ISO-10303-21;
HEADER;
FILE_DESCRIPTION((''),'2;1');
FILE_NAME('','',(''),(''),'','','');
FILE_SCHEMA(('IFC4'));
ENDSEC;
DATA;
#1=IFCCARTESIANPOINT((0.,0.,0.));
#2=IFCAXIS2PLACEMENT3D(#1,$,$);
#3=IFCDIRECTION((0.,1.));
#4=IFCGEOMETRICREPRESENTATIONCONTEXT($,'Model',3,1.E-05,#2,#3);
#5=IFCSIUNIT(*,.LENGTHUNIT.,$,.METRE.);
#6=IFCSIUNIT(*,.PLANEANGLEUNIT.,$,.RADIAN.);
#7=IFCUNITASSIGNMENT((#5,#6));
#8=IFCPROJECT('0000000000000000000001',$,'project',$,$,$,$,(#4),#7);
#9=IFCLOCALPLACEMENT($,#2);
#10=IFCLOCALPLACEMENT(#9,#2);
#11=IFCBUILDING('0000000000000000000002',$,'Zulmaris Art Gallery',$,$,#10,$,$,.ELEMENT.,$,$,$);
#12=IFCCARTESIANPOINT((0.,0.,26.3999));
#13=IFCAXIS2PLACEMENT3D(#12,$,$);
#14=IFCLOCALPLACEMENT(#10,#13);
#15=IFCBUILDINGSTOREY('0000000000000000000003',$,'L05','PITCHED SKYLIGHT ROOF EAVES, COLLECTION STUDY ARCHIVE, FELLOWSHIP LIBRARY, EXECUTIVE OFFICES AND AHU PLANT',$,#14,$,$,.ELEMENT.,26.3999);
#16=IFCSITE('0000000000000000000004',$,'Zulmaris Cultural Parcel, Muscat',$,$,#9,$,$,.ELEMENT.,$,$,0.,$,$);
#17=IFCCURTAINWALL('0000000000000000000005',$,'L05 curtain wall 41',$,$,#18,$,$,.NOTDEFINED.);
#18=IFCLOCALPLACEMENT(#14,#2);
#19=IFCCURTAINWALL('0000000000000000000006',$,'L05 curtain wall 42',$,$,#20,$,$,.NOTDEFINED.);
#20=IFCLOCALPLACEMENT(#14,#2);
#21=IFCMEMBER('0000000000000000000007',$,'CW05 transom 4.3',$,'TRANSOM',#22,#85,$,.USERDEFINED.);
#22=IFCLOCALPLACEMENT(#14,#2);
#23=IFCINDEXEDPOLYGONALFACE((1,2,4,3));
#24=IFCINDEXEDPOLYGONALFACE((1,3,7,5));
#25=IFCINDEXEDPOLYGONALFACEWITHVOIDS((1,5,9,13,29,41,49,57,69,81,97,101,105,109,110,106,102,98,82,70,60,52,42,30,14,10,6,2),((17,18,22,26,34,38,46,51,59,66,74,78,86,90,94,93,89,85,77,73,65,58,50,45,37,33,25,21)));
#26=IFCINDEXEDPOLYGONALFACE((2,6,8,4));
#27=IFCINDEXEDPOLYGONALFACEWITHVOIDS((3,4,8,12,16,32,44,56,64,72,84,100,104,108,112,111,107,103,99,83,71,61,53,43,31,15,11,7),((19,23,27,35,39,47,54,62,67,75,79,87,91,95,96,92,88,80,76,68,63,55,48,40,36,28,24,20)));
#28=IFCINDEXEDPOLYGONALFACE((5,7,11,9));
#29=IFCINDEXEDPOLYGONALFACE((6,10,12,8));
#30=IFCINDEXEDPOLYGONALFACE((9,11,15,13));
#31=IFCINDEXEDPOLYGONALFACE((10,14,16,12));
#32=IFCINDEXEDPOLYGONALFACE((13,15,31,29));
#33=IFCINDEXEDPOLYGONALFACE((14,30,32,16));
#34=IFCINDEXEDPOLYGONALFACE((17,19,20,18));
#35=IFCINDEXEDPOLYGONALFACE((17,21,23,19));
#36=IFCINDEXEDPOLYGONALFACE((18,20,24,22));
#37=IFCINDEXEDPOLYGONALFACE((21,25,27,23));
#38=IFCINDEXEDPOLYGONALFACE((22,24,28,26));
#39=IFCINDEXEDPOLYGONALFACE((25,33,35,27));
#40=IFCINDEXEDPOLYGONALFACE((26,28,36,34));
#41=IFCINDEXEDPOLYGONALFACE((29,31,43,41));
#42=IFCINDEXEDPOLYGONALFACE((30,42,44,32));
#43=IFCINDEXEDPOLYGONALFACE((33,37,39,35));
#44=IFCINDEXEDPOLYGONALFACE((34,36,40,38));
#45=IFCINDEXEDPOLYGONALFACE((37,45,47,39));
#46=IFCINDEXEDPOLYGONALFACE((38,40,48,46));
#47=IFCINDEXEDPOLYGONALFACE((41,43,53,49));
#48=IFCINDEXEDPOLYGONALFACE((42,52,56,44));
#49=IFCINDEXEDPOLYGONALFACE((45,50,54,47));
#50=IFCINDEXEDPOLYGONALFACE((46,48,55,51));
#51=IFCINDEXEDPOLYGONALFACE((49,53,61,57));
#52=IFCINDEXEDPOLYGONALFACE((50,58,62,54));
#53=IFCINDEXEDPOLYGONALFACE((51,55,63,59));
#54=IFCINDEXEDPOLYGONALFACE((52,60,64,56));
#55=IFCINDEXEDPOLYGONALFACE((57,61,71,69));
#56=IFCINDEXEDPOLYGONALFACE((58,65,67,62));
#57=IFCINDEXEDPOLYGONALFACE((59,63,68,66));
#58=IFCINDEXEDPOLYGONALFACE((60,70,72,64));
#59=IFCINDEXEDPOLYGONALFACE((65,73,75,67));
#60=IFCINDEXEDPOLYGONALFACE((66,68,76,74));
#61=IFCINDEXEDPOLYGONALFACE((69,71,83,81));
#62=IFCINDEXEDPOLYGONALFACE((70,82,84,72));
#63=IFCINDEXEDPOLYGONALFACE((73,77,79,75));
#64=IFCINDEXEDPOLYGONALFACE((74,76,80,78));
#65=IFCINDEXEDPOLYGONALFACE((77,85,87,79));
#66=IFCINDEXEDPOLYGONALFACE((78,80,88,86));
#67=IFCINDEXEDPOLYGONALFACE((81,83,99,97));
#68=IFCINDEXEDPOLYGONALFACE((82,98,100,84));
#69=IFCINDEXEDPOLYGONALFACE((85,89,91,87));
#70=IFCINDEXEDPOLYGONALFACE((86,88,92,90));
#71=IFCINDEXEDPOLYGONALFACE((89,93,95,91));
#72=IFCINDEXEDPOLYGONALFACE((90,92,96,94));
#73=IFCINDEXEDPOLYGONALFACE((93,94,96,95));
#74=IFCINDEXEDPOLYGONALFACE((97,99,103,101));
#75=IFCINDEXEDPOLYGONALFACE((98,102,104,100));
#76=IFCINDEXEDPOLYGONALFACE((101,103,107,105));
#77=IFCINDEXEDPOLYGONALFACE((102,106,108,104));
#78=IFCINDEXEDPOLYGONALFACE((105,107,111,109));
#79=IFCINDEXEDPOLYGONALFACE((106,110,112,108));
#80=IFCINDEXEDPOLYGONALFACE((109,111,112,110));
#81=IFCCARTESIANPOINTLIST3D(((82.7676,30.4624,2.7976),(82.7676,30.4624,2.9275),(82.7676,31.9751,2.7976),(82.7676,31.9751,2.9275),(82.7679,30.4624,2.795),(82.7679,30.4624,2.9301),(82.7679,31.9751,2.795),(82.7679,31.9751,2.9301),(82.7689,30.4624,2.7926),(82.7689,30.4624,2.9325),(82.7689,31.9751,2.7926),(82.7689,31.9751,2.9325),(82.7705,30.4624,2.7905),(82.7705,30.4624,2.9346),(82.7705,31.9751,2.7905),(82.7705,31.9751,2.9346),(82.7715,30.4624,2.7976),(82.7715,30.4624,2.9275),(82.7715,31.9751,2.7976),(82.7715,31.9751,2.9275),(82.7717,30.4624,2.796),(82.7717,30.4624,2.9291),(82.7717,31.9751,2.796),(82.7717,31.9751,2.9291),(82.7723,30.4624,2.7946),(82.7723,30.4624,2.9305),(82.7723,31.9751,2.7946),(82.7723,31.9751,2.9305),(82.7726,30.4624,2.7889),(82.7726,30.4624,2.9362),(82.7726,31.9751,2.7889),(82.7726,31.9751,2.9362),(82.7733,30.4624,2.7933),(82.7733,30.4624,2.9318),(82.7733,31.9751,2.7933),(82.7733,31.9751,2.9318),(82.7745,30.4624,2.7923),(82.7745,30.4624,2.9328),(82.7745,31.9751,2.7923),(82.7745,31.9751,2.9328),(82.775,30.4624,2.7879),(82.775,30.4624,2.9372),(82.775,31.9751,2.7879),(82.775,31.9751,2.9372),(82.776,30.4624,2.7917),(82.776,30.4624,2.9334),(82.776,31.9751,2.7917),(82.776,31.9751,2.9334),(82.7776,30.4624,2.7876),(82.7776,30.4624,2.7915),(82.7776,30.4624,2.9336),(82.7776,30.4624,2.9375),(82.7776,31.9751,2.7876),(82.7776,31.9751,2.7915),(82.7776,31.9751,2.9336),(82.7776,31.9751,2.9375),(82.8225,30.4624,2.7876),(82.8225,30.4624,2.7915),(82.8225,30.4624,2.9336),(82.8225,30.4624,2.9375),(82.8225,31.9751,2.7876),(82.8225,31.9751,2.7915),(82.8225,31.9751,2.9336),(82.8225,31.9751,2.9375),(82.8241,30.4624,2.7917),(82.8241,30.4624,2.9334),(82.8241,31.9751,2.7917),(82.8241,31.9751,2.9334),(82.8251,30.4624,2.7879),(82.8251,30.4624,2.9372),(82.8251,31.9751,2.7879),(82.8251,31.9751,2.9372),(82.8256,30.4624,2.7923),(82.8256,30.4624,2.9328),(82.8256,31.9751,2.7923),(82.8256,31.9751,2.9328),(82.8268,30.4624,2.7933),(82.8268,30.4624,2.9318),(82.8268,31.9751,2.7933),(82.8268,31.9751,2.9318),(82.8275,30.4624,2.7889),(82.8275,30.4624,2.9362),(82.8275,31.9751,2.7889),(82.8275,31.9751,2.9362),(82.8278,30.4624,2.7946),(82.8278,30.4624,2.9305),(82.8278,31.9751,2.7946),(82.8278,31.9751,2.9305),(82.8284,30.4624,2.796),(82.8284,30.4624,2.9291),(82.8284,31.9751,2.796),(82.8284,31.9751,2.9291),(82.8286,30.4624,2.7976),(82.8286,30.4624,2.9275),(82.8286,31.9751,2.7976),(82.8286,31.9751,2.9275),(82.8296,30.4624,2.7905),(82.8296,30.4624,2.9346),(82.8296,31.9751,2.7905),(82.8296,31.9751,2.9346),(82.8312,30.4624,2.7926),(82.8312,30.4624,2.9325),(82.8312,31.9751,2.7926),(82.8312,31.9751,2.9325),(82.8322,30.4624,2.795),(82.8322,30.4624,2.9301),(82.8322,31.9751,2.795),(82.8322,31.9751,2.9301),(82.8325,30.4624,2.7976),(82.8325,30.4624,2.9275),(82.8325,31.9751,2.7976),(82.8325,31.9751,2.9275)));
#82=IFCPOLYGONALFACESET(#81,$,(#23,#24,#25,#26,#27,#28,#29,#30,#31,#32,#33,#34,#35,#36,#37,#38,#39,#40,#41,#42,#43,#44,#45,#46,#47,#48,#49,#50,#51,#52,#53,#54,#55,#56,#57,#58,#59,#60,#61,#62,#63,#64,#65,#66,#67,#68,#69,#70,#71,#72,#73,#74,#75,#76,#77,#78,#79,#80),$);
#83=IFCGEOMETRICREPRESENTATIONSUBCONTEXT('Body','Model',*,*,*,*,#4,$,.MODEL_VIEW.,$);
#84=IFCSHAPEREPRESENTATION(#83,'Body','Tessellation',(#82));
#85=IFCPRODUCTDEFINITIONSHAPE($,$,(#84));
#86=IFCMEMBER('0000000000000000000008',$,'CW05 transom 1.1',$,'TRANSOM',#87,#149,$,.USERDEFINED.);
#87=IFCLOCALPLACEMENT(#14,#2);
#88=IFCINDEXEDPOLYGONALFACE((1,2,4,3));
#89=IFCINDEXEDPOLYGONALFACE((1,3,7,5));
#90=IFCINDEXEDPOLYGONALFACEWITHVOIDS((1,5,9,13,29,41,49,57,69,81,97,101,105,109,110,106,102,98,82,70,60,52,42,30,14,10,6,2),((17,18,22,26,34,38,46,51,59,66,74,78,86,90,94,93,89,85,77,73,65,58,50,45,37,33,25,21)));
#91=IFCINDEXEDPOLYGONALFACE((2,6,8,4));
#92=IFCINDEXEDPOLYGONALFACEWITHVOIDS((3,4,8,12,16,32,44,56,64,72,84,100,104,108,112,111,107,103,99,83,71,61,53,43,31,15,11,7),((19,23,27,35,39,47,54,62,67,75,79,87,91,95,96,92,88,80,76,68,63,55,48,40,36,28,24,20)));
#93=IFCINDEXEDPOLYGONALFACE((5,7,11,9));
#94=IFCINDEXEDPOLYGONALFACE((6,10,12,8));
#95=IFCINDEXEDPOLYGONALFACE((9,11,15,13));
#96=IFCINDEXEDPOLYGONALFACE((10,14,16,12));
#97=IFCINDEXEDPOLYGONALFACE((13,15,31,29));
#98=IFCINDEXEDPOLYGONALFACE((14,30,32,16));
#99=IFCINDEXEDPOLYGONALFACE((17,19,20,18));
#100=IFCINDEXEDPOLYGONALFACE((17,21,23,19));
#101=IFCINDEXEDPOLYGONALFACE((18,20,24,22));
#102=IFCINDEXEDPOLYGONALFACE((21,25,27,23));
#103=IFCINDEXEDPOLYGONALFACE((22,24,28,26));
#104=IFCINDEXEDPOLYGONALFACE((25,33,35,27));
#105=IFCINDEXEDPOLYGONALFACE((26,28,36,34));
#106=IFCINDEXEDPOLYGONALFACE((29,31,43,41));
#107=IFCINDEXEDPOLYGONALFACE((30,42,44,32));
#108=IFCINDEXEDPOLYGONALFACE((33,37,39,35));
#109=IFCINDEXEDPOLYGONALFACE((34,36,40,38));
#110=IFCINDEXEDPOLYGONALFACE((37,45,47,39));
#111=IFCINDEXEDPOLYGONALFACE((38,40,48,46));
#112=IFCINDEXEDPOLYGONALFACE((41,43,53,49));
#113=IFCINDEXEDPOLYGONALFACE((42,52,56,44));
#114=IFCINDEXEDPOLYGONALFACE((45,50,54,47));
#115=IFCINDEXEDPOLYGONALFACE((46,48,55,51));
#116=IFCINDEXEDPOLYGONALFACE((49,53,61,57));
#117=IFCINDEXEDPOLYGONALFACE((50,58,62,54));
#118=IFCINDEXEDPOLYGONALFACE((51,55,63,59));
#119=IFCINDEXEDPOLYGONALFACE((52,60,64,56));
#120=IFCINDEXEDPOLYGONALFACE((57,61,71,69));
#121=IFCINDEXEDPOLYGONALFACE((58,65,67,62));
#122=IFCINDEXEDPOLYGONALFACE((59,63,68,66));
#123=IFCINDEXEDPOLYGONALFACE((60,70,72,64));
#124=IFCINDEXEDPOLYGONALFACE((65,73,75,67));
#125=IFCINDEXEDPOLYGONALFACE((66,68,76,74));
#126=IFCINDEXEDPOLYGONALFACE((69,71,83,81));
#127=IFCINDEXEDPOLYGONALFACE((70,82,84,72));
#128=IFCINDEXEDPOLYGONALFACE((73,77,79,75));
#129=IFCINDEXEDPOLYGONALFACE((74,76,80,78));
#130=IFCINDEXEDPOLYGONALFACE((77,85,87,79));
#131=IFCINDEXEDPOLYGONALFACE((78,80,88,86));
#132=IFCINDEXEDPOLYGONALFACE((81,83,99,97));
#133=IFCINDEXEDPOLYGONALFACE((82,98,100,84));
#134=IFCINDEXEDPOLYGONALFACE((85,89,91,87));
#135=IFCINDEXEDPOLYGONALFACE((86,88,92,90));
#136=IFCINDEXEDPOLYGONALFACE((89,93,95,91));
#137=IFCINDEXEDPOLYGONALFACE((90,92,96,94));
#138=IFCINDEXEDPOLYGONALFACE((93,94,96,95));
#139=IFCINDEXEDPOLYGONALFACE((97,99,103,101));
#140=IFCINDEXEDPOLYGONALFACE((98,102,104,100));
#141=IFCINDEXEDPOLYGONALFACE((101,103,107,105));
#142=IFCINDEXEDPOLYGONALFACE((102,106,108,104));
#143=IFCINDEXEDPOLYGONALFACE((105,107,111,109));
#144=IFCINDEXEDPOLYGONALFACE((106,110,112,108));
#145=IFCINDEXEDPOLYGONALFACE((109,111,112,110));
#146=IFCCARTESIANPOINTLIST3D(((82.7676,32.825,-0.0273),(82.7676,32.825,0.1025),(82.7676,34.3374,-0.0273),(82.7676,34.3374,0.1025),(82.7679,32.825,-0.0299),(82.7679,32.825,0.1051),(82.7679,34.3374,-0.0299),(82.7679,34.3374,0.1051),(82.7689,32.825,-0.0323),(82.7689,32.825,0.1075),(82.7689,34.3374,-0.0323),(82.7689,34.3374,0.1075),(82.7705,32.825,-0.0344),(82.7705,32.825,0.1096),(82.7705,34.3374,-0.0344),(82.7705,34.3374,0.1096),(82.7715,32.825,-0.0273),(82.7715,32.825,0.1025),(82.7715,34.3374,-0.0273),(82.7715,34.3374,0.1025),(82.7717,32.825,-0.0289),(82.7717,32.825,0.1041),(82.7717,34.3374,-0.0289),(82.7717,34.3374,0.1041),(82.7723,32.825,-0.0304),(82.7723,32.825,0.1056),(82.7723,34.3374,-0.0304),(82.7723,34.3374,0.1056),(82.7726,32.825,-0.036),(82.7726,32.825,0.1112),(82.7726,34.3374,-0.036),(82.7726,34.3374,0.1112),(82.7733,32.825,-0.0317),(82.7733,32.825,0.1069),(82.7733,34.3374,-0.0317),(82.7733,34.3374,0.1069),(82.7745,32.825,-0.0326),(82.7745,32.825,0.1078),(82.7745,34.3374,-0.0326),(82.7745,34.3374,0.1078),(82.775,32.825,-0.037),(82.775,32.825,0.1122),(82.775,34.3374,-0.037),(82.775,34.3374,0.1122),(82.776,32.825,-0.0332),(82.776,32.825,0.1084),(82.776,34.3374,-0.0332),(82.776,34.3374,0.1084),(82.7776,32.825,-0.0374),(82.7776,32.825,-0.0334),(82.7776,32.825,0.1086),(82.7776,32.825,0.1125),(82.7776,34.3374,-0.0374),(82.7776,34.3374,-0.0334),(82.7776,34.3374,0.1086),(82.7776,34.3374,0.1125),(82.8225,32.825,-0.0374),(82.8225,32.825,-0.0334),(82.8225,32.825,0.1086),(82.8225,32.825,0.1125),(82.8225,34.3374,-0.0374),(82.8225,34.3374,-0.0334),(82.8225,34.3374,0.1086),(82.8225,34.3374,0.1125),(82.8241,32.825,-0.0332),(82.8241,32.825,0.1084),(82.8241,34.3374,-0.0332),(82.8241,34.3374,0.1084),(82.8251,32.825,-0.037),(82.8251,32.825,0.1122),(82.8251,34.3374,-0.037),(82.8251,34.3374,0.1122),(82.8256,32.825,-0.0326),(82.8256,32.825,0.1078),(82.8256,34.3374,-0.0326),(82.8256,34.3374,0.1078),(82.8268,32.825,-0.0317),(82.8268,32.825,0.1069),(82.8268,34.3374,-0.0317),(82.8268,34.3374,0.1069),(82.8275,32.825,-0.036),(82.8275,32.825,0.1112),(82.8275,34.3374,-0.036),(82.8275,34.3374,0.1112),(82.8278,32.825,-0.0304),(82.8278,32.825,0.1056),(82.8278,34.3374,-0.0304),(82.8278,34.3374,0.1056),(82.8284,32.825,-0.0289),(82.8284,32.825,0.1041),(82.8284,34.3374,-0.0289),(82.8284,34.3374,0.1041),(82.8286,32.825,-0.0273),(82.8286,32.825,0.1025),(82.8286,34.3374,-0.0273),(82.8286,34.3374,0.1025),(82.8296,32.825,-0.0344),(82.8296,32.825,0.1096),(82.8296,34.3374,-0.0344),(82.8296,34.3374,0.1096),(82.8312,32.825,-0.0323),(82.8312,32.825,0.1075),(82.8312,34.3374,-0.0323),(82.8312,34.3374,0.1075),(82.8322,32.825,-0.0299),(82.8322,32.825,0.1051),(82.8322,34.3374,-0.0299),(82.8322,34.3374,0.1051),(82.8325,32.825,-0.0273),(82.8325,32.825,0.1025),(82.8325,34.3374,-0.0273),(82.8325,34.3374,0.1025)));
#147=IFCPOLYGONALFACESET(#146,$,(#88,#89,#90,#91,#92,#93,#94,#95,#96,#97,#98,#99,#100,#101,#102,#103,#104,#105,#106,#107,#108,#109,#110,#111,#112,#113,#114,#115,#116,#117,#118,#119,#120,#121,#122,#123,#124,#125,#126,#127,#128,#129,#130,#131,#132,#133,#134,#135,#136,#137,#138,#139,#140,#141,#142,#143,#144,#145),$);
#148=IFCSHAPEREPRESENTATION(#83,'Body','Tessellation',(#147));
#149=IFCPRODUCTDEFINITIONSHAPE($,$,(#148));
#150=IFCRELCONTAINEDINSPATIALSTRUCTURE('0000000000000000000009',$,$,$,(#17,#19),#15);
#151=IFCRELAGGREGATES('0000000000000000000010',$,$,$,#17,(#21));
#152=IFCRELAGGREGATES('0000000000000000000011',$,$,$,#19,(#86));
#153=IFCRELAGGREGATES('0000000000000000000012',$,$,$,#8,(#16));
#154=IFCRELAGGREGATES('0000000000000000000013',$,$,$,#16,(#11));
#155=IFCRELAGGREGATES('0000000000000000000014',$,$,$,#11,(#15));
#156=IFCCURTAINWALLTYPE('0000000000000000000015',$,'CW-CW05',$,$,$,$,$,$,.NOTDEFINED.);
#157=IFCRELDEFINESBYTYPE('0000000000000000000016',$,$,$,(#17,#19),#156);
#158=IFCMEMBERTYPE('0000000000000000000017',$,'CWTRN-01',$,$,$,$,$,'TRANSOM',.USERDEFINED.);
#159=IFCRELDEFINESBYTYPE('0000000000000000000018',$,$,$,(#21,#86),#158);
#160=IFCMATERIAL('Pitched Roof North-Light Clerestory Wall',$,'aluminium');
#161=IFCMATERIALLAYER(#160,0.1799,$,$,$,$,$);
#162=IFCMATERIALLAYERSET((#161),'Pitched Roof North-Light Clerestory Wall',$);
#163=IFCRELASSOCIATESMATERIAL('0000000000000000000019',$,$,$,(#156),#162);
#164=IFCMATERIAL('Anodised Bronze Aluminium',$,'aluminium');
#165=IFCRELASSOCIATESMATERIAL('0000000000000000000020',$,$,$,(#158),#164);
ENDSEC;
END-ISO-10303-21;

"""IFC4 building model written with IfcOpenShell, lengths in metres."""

from ifc_helpers import new_model, si_unit, direction, frame, origin, origin_2d, place, context, subcontext, project, spatial, hollow_rectangle, extrude, material, layer, layer_set, material_profile, profile_set, type_object, element, aggregate, save


model = new_model("IFC4")

# Units and contexts
model_context = context("Model", 3, precision=1e-05, world=origin(), true_north=direction((0.0, 1.0)))
body_context = subcontext(model_context, "Body", "Model", "MODEL_VIEW")
ifc_project = project(units=[si_unit("LENGTHUNIT", "METRE"), si_unit("PLANEANGLEUNIT", "RADIAN")], contexts=[model_context])

# Site, building, storey
site_placement = place(None, origin())
site = spatial("IfcSite", under=ifc_project, at=site_placement, Name="Zulmaris Cultural Parcel, Muscat", CompositionType="ELEMENT", RefElevation=0.0)
building_placement = place(site_placement, origin())
building = spatial("IfcBuilding", under=site, at=building_placement, Name="Zulmaris Art Gallery", CompositionType="ELEMENT")
storey_placement = place(building_placement, frame((0.0, 0.0, 26.3999)))
storey = spatial("IfcBuildingStorey", under=building, at=storey_placement, Name="L05", Description="PITCHED SKYLIGHT ROOF EAVES, COLLECTION STUDY ARCHIVE, FELLOWSHIP LIBRARY, EXECUTIVE OFFICES AND AHU PLANT", CompositionType="ELEMENT", Elevation=26.3999)

# Curtain walls
ifc_material_1 = material(Name="Pitched Roof North-Light Clerestory Wall", Category="aluminium")
ifc_layer_1 = layer(ifc_material_1, 0.1799)
ifc_layer_set_1 = layer_set([ifc_layer_1], Name="Pitched Roof North-Light Clerestory Wall")
curtain_wall_type = type_object("IfcCurtainWallType", Name="CW-CW05", PredefinedType="NOTDEFINED", material=ifc_layer_set_1)
curtain_wall_1_placement = place(storey_placement, origin())
curtain_wall_1 = element("IfcCurtainWall", 1, at=curtain_wall_1_placement, inside=storey, type_object=curtain_wall_type, Name="L05 curtain wall 41", PredefinedType="NOTDEFINED")
ifc_material_2 = material(Name="Anodised Bronze Aluminium", Category="aluminium")
curtain_wall_2_placement = place(storey_placement, origin())
curtain_wall_2 = element("IfcCurtainWall", 2, at=curtain_wall_2_placement, inside=storey, type_object=curtain_wall_type, Name="L05 curtain wall 42", PredefinedType="NOTDEFINED")

# Members
ifc_material_profile_1 = material_profile(ifc_material_2, hollow_rectangle(XDim=0.0649, YDim=0.1499, WallThickness=0.0039, InnerFilletRadius=0.0061, OuterFilletRadius=0.01, at=origin_2d()), Name="ALU 65x150x4")
ifc_profile_set_1 = profile_set([ifc_material_profile_1], Name="Anodised Bronze Aluminium")
member_type_1 = type_object("IfcMemberType", Name="CWTRN-01", ElementType="TRANSOM", PredefinedType="USERDEFINED", material=ifc_profile_set_1)
member_1_placement = place(storey_placement, frame((82.8, 30.4624, 2.8625), z_axis=(0.0, 1.0, 0.0), x_axis=(-1.0, 0.0, 0.0)))
member_1 = element("IfcMember", 3, at=member_1_placement, type_object=member_type_1, Name="CW05 transom 4.3", ObjectType="TRANSOM", PredefinedType="USERDEFINED", context=body_context, shape_type="SweptSolid", body=[
    extrude(hollow_rectangle(XDim=0.0649, YDim=0.1499, WallThickness=0.0039, InnerFilletRadius=0.0061, OuterFilletRadius=0.01, at=origin_2d()), origin(), (0.0, 0.0, 1.0), 1.5127),
])
member_2_placement = place(storey_placement, frame((82.8, 32.825, 0.0376), z_axis=(0.0, 1.0, 0.0), x_axis=(-1.0, 0.0, 0.0)))
member_2 = element("IfcMember", 4, at=member_2_placement, type_object=member_type_1, Name="CW05 transom 1.1", ObjectType="TRANSOM", PredefinedType="USERDEFINED", context=body_context, shape_type="SweptSolid", body=[
    extrude(hollow_rectangle(XDim=0.0649, YDim=0.1499, WallThickness=0.0039, InnerFilletRadius=0.0061, OuterFilletRadius=0.01, at=origin_2d()), origin(), (0.0, 0.0, 1.0), 1.5125),
])

aggregate(curtain_wall_1, [member_1])
aggregate(curtain_wall_2, [member_2])

save(model, "model.ifc")
